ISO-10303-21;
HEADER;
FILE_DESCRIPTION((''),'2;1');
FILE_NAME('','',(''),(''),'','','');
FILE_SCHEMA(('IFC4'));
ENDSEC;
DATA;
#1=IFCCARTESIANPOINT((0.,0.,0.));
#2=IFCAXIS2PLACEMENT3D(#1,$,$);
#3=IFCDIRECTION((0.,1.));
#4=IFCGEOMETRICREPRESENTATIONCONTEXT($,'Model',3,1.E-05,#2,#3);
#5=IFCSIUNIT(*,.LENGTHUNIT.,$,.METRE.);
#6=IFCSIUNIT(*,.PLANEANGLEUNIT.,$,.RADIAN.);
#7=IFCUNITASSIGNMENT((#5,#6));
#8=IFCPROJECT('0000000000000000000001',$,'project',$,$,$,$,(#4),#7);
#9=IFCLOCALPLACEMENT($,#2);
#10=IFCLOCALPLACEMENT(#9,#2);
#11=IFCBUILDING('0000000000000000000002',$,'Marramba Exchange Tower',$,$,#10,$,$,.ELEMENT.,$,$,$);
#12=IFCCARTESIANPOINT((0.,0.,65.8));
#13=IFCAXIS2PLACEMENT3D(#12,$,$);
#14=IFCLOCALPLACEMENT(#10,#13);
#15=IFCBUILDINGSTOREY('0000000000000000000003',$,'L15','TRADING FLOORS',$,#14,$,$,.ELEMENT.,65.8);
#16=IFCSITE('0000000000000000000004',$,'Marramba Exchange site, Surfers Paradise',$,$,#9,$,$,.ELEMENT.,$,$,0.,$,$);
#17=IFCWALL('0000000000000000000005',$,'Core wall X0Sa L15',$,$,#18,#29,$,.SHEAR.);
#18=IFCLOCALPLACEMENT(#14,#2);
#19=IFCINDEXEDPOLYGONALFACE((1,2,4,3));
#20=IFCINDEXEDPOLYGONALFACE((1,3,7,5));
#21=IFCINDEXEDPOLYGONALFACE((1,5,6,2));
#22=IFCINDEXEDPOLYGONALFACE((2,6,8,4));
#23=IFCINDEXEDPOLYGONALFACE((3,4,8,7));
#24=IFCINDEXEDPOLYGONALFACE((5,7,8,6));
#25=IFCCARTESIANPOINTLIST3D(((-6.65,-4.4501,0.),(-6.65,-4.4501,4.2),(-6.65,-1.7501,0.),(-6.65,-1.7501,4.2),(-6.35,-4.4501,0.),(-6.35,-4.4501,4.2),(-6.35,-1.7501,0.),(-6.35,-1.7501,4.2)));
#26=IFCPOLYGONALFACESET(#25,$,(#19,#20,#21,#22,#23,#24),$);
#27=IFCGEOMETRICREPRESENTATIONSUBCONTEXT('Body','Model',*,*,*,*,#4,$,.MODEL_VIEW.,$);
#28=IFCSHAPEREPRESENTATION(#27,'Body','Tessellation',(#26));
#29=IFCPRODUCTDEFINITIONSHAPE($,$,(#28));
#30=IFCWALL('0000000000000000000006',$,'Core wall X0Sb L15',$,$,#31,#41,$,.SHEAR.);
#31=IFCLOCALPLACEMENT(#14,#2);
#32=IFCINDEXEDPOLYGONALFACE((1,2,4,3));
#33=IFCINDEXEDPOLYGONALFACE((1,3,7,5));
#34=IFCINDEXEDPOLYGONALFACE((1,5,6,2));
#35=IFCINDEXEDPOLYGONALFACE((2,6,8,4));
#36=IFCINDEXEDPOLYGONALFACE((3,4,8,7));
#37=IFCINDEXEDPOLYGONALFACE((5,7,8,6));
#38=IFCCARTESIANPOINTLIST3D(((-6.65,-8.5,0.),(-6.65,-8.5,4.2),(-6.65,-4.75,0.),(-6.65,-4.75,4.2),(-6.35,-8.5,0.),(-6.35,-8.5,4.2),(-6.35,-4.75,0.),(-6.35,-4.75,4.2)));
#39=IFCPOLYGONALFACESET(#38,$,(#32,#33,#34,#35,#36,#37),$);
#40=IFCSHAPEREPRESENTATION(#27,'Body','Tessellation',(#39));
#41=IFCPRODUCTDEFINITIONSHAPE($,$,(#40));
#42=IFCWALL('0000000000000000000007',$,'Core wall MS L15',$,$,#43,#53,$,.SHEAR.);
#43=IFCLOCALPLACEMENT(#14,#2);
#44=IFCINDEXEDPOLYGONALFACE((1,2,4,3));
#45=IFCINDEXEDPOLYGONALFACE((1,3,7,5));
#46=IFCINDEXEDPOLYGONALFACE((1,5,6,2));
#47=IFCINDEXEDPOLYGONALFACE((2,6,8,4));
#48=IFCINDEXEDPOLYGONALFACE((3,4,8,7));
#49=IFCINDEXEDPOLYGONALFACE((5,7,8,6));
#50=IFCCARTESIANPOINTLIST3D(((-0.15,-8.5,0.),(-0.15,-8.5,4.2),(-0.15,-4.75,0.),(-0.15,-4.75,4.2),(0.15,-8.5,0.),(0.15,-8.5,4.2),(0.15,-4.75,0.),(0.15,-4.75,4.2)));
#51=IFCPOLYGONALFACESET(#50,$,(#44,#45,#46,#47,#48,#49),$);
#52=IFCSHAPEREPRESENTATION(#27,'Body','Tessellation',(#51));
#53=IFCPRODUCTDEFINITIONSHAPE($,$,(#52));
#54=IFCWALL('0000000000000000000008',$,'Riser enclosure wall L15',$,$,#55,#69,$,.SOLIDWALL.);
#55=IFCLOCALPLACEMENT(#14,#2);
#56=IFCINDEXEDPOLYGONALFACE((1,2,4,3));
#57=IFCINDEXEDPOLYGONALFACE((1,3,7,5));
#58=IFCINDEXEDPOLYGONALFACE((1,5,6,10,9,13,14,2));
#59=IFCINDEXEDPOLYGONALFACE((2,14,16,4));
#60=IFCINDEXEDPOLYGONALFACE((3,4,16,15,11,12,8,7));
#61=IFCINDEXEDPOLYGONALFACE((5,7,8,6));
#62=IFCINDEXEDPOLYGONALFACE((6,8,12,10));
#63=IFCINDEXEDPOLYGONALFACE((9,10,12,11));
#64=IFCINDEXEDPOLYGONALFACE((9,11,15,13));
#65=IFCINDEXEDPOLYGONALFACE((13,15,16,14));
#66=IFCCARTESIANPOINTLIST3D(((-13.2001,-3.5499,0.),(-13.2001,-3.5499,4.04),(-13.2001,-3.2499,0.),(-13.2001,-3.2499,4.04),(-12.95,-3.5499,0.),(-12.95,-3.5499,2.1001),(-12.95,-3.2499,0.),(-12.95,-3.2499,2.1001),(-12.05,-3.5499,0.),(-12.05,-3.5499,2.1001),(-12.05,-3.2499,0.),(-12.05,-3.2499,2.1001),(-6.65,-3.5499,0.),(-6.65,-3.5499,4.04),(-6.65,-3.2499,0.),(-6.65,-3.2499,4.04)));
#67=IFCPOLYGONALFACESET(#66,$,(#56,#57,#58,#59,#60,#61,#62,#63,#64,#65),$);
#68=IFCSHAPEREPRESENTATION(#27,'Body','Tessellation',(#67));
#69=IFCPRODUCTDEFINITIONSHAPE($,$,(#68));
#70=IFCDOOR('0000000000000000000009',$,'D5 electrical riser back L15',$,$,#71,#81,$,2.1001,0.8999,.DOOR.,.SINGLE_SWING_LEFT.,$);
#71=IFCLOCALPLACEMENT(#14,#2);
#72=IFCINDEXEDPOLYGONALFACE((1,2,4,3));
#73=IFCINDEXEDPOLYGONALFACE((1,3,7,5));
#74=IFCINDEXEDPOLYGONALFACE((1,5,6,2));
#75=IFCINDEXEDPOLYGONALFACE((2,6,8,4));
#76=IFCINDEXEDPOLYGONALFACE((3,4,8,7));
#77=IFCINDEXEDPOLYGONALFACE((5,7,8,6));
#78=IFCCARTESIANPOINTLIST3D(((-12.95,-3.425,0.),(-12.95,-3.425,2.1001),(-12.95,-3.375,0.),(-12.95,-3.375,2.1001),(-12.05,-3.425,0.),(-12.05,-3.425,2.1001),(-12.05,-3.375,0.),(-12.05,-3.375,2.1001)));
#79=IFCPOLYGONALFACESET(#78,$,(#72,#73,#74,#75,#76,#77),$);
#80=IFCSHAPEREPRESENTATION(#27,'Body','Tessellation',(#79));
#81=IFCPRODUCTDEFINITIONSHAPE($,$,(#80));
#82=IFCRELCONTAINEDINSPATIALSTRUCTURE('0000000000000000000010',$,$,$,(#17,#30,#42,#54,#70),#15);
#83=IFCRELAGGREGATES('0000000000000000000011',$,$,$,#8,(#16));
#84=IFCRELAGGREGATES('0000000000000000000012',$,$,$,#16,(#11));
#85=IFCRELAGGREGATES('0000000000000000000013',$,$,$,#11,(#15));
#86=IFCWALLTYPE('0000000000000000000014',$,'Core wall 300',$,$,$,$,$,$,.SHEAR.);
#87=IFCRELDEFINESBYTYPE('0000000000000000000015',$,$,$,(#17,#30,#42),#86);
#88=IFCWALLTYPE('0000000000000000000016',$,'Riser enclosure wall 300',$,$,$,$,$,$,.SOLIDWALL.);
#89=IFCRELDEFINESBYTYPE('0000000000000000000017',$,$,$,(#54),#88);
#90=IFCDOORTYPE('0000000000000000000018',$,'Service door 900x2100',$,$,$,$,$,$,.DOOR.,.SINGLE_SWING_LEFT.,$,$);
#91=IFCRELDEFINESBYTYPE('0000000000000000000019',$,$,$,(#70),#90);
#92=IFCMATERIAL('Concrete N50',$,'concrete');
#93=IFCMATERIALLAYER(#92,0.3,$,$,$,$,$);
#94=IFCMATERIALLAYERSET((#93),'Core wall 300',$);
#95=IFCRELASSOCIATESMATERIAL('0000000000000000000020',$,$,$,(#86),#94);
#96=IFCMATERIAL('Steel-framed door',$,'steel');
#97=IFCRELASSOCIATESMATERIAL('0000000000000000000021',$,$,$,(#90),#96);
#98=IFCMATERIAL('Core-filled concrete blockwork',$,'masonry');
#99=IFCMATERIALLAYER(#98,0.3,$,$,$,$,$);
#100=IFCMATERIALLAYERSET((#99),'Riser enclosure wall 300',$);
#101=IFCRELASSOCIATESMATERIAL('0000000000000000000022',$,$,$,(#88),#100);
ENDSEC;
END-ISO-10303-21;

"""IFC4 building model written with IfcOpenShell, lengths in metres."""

from ifc_helpers import new_model, si_unit, direction, frame, frame_2d, origin, place, context, subcontext, project, spatial, rectangle, extrude, material, layer, layer_set, type_object, element, fill, save


model = new_model("IFC4")

# Units and contexts
model_context = context("Model", 3, precision=1e-05, world=origin(), true_north=direction((0.0, 1.0)))
body_context = subcontext(model_context, "Body", "Model", "MODEL_VIEW")
ifc_project = project(units=[si_unit("LENGTHUNIT", "METRE"), si_unit("PLANEANGLEUNIT", "RADIAN")], contexts=[model_context])

# Site, building, storey
site_placement = place(None, origin())
site = spatial("IfcSite", under=ifc_project, at=site_placement, Name="Marramba Exchange site, Surfers Paradise", CompositionType="ELEMENT", RefElevation=0.0)
building_placement = place(site_placement, origin())
building = spatial("IfcBuilding", under=site, at=building_placement, Name="Marramba Exchange Tower", CompositionType="ELEMENT")
storey_placement = place(building_placement, frame((0.0, 0.0, 65.8)))
storey = spatial("IfcBuildingStorey", under=building, at=storey_placement, Name="L15", Description="TRADING FLOORS", CompositionType="ELEMENT", Elevation=65.8)

# Shared definitions
ifc_material_1 = material(Name="Concrete N50", Category="concrete")

# Shared definitions
ifc_layer_1 = layer(ifc_material_1, 0.3)
ifc_layer_set_1 = layer_set([ifc_layer_1], Name="Core wall 300")
wall_type_1 = type_object("IfcWallType", Name="Core wall 300", PredefinedType="SHEAR", material=ifc_layer_set_1)
ifc_material_2 = material(Name="Steel-framed door", Category="steel")
door_type_1 = type_object("IfcDoorType", Name="Service door 900x2100", OperationType="SINGLE_SWING_LEFT", PredefinedType="DOOR", material=ifc_material_2)

# Walls
wall_1_placement = place(storey_placement, frame((-6.5, -1.75, 0.0), z_axis=(0.0, 0.0, 1.0), x_axis=(0.0, -1.0, 0.0)))
element("IfcWall", 1, at=wall_1_placement, inside=storey, type_object=wall_type_1, Name="Core wall X0Sa L15", PredefinedType="SHEAR", context=body_context, shape_type="SweptSolid", body=[
    extrude(rectangle(XDim=2.7, YDim=0.3, at=frame_2d((1.3501, 0.0))), origin(), (0.0, 0.0, 1.0), 4.2),
])
for number, where, z_axis, x_axis, name in (
    (2, (-6.5, -4.75, 0.0), (0.0, 0.0, 1.0), (0.0, -1.0, 0.0), "Core wall X0Sb L15"),
    (3, (0.0, -4.75, 0.0), (0.0, 0.0, 1.0), (0.0, -1.0, 0.0), "Core wall MS L15"),
):
    element("IfcWall", number, at=place(storey_placement, frame(where, z_axis=z_axis, x_axis=x_axis)), inside=storey, type_object=wall_type_1, Name=name, PredefinedType="SHEAR", context=body_context, shape_type="SweptSolid", body=[
        extrude(rectangle(XDim=3.75, YDim=0.3, at=frame_2d((1.875, 0.0))), origin(), (0.0, 0.0, 1.0), 4.2),
    ])

# Wall, opening, door
ifc_material_3 = material(Name="Core-filled concrete blockwork", Category="masonry")
ifc_layer_2 = layer(ifc_material_3, 0.3)
ifc_layer_set_2 = layer_set([ifc_layer_2], Name="Riser enclosure wall 300")
wall_type_2 = type_object("IfcWallType", Name="Riser enclosure wall 300", PredefinedType="SOLIDWALL", material=ifc_layer_set_2)
wall_2_placement = place(storey_placement, frame((-13.2, -3.3999, 0.0), z_axis=(0.0, 0.0, 1.0), x_axis=(1.0, 0.0, 0.0)))
wall_2 = element("IfcWall", 4, at=wall_2_placement, inside=storey, type_object=wall_type_2, Name="Riser enclosure wall L15", PredefinedType="SOLIDWALL", context=body_context, shape_type="SweptSolid", body=[
    extrude(rectangle(XDim=6.55, YDim=0.3, at=frame_2d((3.2749, 0.0))), origin(), (0.0, 0.0, 1.0), 4.04),
])
opening_1_placement = place(wall_2_placement, frame((0.25, 0.0, 0.0)))
opening_1 = element("IfcOpeningElement", 5, at=opening_1_placement, cuts=wall_2, PredefinedType="OPENING", context=body_context, shape_type="SweptSolid", body=[
    extrude(rectangle(XDim=0.8999, YDim=2.1001, at=frame_2d((0.45, 1.05))), frame((0.0, 0.1599, 0.0), z_axis=(0.0, -1.0, 0.0), x_axis=(1.0, 0.0, 0.0)), (0.0, 0.0, 1.0), 0.3201),
])
door_1_placement = place(opening_1_placement, origin())
door_1 = element("IfcDoor", 6, at=door_1_placement, inside=storey, type_object=door_type_1, Name="D5 electrical riser back L15", OperationType="SINGLE_SWING_LEFT", OverallHeight=2.1001, OverallWidth=0.8999, PredefinedType="DOOR", context=body_context, shape_type="SweptSolid", body=[
    extrude(rectangle(XDim=0.8999, YDim=2.1001, at=frame_2d((0.45, 1.05))), frame((0.0, 0.0249, 0.0), z_axis=(0.0, -1.0, 0.0), x_axis=(1.0, 0.0, 0.0)), (0.0, 0.0, 1.0), 0.05),
])
fill(opening_1, door_1)

save(model, "model.ifc")
